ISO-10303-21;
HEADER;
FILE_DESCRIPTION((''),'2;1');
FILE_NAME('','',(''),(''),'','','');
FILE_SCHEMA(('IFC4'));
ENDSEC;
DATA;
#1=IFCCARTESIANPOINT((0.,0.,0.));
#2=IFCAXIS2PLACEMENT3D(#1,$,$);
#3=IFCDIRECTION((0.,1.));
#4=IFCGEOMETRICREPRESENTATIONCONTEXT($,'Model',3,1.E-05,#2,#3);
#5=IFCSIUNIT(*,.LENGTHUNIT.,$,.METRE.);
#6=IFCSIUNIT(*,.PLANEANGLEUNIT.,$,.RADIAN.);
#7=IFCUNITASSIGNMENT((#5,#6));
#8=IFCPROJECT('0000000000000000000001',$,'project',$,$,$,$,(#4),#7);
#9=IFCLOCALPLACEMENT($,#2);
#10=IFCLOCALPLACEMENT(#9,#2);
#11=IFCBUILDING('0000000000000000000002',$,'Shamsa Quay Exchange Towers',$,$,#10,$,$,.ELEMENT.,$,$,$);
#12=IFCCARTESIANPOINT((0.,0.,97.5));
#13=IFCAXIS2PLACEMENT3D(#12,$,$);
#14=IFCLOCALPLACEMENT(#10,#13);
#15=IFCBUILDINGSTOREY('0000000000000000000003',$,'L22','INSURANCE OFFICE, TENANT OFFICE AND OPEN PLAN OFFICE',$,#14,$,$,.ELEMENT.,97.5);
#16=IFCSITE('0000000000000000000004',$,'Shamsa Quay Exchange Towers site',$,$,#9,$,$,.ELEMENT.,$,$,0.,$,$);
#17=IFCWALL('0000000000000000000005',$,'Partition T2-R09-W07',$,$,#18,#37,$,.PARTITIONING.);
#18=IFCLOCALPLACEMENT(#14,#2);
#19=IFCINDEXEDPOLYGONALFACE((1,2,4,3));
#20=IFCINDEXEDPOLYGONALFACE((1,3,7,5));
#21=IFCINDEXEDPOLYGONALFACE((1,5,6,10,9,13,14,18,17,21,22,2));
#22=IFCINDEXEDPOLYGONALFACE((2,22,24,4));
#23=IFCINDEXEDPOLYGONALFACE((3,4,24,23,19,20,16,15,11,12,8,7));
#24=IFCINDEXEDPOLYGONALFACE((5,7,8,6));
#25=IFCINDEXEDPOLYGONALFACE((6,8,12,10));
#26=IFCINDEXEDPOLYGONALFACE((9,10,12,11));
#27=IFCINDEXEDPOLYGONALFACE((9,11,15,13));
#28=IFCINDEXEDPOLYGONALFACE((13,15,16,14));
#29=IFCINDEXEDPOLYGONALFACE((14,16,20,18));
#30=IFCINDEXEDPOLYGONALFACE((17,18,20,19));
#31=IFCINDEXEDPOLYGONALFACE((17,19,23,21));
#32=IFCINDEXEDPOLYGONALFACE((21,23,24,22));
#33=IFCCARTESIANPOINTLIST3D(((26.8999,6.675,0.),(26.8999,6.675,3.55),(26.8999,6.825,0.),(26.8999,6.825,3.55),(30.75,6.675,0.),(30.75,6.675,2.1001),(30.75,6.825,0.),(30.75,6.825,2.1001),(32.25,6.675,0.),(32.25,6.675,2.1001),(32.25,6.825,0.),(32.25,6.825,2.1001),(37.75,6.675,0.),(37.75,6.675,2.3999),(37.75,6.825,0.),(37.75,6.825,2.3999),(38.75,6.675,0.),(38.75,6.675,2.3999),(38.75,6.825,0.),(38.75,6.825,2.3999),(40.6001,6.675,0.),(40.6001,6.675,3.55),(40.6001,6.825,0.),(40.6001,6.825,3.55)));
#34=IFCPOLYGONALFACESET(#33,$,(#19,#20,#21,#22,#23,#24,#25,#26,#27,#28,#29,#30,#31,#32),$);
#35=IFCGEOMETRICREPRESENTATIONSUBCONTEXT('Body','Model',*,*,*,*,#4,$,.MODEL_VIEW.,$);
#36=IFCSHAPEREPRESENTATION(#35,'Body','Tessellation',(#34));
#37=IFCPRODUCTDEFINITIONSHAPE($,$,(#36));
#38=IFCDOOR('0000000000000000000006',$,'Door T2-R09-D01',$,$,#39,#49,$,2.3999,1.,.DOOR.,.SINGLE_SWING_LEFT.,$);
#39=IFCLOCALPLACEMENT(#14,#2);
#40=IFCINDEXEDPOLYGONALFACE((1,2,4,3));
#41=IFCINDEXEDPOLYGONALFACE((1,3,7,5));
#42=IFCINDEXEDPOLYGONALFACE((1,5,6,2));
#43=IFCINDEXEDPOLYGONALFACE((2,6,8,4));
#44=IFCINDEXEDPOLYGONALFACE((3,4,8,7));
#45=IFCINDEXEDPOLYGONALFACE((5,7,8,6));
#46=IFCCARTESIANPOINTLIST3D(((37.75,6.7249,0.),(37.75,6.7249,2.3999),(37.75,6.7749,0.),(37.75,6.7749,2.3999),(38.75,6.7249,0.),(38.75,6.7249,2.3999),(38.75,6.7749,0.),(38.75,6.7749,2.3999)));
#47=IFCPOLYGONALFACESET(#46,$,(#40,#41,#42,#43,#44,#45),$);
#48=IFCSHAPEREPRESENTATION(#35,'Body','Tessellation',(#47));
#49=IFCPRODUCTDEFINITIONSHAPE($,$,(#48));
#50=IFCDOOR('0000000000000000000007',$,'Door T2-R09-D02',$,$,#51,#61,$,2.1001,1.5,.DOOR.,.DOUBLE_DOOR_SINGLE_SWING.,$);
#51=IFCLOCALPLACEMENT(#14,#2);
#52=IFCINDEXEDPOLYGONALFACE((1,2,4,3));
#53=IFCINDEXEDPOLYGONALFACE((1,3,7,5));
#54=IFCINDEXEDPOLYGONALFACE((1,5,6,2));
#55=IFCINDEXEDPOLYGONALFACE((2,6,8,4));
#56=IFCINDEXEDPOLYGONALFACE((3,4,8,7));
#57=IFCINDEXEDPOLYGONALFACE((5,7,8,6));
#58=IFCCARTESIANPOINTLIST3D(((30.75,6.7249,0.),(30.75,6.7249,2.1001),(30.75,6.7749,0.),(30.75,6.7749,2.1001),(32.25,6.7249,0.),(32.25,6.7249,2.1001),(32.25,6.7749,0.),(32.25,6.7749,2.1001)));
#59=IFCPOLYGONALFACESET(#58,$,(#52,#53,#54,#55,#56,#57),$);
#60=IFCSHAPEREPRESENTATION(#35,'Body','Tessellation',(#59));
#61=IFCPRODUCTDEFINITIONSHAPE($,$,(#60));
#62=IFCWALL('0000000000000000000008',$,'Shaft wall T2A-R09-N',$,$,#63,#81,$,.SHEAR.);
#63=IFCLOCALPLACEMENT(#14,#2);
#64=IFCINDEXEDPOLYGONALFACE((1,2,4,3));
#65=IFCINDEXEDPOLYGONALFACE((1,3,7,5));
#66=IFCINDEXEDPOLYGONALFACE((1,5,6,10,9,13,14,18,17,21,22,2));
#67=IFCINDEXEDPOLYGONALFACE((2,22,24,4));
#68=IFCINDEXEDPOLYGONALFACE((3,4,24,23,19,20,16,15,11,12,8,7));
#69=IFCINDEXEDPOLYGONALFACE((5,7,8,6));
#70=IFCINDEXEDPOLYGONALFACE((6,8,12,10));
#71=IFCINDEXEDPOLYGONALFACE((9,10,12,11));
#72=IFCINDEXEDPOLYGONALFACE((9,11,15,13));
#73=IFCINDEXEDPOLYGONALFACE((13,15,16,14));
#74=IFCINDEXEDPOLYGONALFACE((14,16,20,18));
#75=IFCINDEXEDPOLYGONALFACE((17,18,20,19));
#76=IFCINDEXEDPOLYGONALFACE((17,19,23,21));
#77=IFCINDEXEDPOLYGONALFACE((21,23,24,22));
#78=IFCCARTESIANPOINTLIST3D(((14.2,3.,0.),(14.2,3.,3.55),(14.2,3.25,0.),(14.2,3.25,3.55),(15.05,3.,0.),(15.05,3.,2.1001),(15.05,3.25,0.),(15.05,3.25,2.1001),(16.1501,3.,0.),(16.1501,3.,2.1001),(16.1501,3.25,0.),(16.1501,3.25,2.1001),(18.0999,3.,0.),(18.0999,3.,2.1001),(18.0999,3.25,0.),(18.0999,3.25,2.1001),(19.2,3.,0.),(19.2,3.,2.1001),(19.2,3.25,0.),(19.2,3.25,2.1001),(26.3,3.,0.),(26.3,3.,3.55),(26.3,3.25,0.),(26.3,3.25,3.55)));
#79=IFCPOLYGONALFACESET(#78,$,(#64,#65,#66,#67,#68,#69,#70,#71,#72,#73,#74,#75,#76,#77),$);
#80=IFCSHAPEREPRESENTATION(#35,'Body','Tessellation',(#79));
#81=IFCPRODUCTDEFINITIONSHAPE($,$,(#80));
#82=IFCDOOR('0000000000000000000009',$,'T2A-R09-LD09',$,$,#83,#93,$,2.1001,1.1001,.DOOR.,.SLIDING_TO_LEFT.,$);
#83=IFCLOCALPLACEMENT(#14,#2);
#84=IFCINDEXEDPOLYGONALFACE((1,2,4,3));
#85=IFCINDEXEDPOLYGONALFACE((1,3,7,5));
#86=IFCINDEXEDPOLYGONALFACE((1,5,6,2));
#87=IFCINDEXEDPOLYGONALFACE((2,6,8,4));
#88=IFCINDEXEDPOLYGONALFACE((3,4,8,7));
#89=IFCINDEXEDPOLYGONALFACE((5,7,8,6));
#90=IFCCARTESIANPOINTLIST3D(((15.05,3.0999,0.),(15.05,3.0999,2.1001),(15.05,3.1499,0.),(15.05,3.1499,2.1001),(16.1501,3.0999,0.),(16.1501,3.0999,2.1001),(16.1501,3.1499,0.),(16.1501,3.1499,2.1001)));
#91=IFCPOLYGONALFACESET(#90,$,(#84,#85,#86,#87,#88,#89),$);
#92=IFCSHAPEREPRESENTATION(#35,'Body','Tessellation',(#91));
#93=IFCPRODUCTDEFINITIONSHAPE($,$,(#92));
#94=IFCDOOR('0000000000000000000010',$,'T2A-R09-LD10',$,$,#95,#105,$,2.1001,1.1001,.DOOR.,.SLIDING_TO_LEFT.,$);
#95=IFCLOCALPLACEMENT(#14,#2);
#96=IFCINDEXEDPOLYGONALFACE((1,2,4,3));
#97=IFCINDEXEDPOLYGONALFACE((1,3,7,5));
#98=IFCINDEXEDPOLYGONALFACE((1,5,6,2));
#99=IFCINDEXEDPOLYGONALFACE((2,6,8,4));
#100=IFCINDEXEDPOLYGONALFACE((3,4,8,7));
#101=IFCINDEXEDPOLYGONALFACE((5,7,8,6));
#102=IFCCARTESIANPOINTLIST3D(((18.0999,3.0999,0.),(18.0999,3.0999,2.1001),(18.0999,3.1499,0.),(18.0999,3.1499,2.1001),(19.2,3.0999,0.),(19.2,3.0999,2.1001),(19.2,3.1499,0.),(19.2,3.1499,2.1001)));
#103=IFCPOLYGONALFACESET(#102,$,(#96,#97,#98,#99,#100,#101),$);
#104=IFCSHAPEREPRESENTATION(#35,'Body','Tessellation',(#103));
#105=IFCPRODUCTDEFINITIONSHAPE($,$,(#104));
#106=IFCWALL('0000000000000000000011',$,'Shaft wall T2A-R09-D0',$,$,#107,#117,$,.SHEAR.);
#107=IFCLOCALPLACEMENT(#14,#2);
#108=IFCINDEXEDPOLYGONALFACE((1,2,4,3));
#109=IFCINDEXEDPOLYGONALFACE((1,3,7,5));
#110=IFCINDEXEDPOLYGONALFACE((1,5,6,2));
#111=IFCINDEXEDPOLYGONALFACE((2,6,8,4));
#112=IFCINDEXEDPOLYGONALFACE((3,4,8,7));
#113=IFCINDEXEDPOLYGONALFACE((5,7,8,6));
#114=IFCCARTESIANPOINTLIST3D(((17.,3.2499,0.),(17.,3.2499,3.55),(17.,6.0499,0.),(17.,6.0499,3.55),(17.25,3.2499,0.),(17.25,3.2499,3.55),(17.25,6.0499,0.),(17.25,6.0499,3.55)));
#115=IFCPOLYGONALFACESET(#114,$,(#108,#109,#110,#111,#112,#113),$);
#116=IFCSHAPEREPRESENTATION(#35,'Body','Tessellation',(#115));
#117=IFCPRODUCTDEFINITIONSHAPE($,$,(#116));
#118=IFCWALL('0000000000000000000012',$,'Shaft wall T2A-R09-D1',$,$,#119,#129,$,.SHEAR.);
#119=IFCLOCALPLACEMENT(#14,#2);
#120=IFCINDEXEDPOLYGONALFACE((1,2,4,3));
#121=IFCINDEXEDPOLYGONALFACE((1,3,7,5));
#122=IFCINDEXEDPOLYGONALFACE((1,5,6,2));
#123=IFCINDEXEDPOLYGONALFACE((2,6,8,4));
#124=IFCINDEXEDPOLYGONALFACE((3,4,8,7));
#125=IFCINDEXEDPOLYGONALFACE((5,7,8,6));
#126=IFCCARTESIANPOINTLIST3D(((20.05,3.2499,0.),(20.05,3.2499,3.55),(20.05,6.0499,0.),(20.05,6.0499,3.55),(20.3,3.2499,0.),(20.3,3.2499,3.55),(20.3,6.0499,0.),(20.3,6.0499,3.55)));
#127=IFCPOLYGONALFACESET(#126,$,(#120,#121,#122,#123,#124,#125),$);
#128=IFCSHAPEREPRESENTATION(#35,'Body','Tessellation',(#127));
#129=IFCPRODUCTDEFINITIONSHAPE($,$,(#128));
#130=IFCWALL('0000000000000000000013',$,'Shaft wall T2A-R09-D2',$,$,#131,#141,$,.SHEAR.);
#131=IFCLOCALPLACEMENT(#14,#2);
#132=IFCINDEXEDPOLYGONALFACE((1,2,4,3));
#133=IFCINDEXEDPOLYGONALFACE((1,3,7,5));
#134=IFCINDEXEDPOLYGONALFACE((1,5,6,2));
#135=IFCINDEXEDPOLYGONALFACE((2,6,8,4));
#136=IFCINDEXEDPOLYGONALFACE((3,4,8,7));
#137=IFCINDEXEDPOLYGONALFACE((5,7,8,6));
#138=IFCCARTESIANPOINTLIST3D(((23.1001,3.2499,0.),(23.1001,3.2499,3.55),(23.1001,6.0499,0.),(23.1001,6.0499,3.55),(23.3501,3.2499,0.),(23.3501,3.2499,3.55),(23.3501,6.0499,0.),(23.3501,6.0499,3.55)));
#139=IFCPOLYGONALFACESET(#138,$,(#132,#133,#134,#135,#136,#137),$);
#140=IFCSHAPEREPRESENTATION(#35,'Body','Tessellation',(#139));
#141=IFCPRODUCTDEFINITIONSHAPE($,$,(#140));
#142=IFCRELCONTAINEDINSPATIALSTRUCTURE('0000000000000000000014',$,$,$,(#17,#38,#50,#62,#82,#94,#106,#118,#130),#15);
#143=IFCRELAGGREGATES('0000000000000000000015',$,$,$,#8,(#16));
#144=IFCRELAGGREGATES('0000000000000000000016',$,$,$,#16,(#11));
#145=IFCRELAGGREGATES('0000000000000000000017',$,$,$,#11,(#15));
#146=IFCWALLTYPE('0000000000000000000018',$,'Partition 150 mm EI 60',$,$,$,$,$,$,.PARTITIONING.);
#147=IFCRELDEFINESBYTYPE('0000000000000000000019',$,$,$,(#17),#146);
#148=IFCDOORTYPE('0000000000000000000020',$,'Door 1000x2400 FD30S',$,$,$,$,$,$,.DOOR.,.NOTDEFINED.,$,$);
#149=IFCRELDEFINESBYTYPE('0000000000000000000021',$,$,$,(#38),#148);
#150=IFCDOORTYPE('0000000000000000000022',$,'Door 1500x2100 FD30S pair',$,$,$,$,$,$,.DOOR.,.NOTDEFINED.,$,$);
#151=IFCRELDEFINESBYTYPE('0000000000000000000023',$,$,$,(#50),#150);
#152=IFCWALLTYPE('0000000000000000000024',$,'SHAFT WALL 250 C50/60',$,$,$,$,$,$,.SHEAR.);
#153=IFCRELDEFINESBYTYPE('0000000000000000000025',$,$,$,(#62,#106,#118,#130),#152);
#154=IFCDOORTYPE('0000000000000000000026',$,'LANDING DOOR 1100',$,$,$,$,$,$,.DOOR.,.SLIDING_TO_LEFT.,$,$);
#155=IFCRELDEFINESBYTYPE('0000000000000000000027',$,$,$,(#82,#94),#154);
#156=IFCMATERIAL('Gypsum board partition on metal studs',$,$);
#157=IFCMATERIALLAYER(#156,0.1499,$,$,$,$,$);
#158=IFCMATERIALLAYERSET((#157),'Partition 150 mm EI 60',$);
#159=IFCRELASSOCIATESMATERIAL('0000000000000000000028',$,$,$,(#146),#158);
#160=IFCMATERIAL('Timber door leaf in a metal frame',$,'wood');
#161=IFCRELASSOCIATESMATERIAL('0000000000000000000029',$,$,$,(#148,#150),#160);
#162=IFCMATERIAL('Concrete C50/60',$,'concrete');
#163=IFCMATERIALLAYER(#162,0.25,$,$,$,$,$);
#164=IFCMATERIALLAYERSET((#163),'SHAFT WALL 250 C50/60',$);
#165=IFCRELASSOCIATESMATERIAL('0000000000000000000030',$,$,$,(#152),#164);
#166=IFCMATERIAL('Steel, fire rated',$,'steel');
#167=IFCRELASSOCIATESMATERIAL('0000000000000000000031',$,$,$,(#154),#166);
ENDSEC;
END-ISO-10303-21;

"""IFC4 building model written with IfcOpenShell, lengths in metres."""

from ifc_helpers import new_model, si_unit, direction, frame, frame_2d, origin, place, context, subcontext, project, spatial, rectangle, extrude, material, layer, layer_set, type_object, element, fill, save


model = new_model("IFC4")

# Units and contexts
model_context = context("Model", 3, precision=1e-05, world=origin(), true_north=direction((0.0, 1.0)))
body_context = subcontext(model_context, "Body", "Model", "MODEL_VIEW")
ifc_project = project(units=[si_unit("LENGTHUNIT", "METRE"), si_unit("PLANEANGLEUNIT", "RADIAN")], contexts=[model_context])

# Site, building, storey
site_placement = place(None, origin())
site = spatial("IfcSite", under=ifc_project, at=site_placement, Name="Shamsa Quay Exchange Towers site", CompositionType="ELEMENT", RefElevation=0.0)
building_placement = place(site_placement, origin())
building = spatial("IfcBuilding", under=site, at=building_placement, Name="Shamsa Quay Exchange Towers", CompositionType="ELEMENT")
storey_placement = place(building_placement, frame((0.0, 0.0, 97.5)))
storey = spatial("IfcBuildingStorey", under=building, at=storey_placement, Name="L22", Description="INSURANCE OFFICE, TENANT OFFICE AND OPEN PLAN OFFICE", CompositionType="ELEMENT", Elevation=97.5)

# Walls, openings, doors
ifc_material_1 = material(Name="Steel, fire rated", Category="steel")
ifc_material_2 = material(Name="Gypsum board partition on metal studs")
ifc_layer_1 = layer(ifc_material_2, 0.1499)
ifc_layer_set_1 = layer_set([ifc_layer_1], Name="Partition 150 mm EI 60")
wall_type_1 = type_object("IfcWallType", Name="Partition 150 mm EI 60", PredefinedType="PARTITIONING", material=ifc_layer_set_1)
wall_1_placement = place(storey_placement, frame((26.8999, 6.75, 0.0)))
wall_1 = element("IfcWall", 1, at=wall_1_placement, inside=storey, type_object=wall_type_1, Name="Partition T2-R09-W07", PredefinedType="PARTITIONING", context=body_context, shape_type="SweptSolid", body=[
    extrude(rectangle(XDim=13.7002, YDim=0.1499, at=frame_2d((6.8501, 0.0))), origin(), (0.0, 0.0, 1.0), 3.55),
])
opening_1_placement = place(wall_1_placement, frame((10.8501, 0.0, 0.0)))
opening_1 = element("IfcOpeningElement", 2, at=opening_1_placement, cuts=wall_1, PredefinedType="OPENING", context=body_context, shape_type="SweptSolid", body=[
    extrude(rectangle(XDim=1.0, YDim=2.3999, at=frame_2d((0.5, 1.2))), frame((0.0, 0.085, 0.0), z_axis=(0.0, -1.0, 0.0), x_axis=(1.0, 0.0, 0.0)), (0.0, 0.0, 1.0), 0.1699),
])
opening_2_placement = place(wall_1_placement, frame((3.8501, 0.0, 0.0)))
opening_2 = element("IfcOpeningElement", 3, at=opening_2_placement, cuts=wall_1, PredefinedType="OPENING", context=body_context, shape_type="SweptSolid", body=[
    extrude(rectangle(XDim=1.5, YDim=2.1001, at=frame_2d((0.75, 1.05))), frame((0.0, 0.085, 0.0), z_axis=(0.0, -1.0, 0.0), x_axis=(1.0, 0.0, 0.0)), (0.0, 0.0, 1.0), 0.1699),
])
ifc_material_3 = material(Name="Timber door leaf in a metal frame", Category="wood")
door_type_1 = type_object("IfcDoorType", Name="Door 1000x2400 FD30S", OperationType="NOTDEFINED", PredefinedType="DOOR", material=ifc_material_3)
door_1_placement = place(opening_1_placement, origin())
door_1 = element("IfcDoor", 4, at=door_1_placement, inside=storey, type_object=door_type_1, Name="Door T2-R09-D01", OperationType="SINGLE_SWING_LEFT", OverallHeight=2.3999, OverallWidth=1.0, PredefinedType="DOOR", context=body_context, shape_type="SweptSolid", body=[
    extrude(rectangle(XDim=1.0, YDim=2.3999, at=frame_2d((0.5, 1.2))), frame((0.0, 0.0249, 0.0), z_axis=(0.0, -1.0, 0.0), x_axis=(1.0, 0.0, 0.0)), (0.0, 0.0, 1.0), 0.05),
])
fill(opening_1, door_1)
door_type_2 = type_object("IfcDoorType", Name="Door 1500x2100 FD30S pair", OperationType="NOTDEFINED", PredefinedType="DOOR", material=ifc_material_3)
door_2_placement = place(opening_2_placement, origin())
door_2 = element("IfcDoor", 5, at=door_2_placement, inside=storey, type_object=door_type_2, Name="Door T2-R09-D02", OperationType="DOUBLE_DOOR_SINGLE_SWING", OverallHeight=2.1001, OverallWidth=1.5, PredefinedType="DOOR", context=body_context, shape_type="SweptSolid", body=[
    extrude(rectangle(XDim=1.5, YDim=2.1001, at=frame_2d((0.75, 1.05))), frame((0.0, 0.0249, 0.0), z_axis=(0.0, -1.0, 0.0), x_axis=(1.0, 0.0, 0.0)), (0.0, 0.0, 1.0), 0.05),
])
fill(opening_2, door_2)
ifc_material_4 = material(Name="Concrete C50/60", Category="concrete")
ifc_layer_2 = layer(ifc_material_4, 0.25)
ifc_layer_set_2 = layer_set([ifc_layer_2], Name="SHAFT WALL 250 C50/60")
wall_type_2 = type_object("IfcWallType", Name="SHAFT WALL 250 C50/60", PredefinedType="SHEAR", material=ifc_layer_set_2)
wall_2_placement = place(storey_placement, frame((14.2, 3.125, 0.0)))
wall_2 = element("IfcWall", 6, at=wall_2_placement, inside=storey, type_object=wall_type_2, Name="Shaft wall T2A-R09-N", PredefinedType="SHEAR", context=body_context, shape_type="SweptSolid", body=[
    extrude(rectangle(XDim=12.1001, YDim=0.25, at=frame_2d((6.05, 0.0))), origin(), (0.0, 0.0, 1.0), 3.55),
])
opening_3_placement = place(wall_2_placement, frame((0.8501, 0.0, 0.0)))
opening_3 = element("IfcOpeningElement", 7, at=opening_3_placement, cuts=wall_2, PredefinedType="OPENING", context=body_context, shape_type="SweptSolid", body=[
    extrude(rectangle(XDim=1.1001, YDim=2.1001, at=frame_2d((0.55, 1.05))), frame((0.0, 0.135, 0.0), z_axis=(0.0, -1.0, 0.0), x_axis=(1.0, 0.0, 0.0)), (0.0, 0.0, 1.0), 0.27),
])
opening_4_placement = place(wall_2_placement, frame((3.8999, 0.0, 0.0)))
opening_4 = element("IfcOpeningElement", 8, at=opening_4_placement, cuts=wall_2, PredefinedType="OPENING", context=body_context, shape_type="SweptSolid", body=[
    extrude(rectangle(XDim=1.1001, YDim=2.1001, at=frame_2d((0.55, 1.05))), frame((0.0, 0.135, 0.0), z_axis=(0.0, -1.0, 0.0), x_axis=(1.0, 0.0, 0.0)), (0.0, 0.0, 1.0), 0.27),
])
door_type_3 = type_object("IfcDoorType", Name="LANDING DOOR 1100", OperationType="SLIDING_TO_LEFT", PredefinedType="DOOR", material=ifc_material_1)
door_3_placement = place(opening_3_placement, origin())
door_3 = element("IfcDoor", 9, at=door_3_placement, inside=storey, type_object=door_type_3, Name="T2A-R09-LD09", OperationType="SLIDING_TO_LEFT", OverallHeight=2.1001, OverallWidth=1.1001, PredefinedType="DOOR", context=body_context, shape_type="SweptSolid", body=[
    extrude(rectangle(XDim=1.1001, YDim=2.1001, at=frame_2d((0.55, 1.05))), frame((0.0, 0.0249, 0.0), z_axis=(0.0, -1.0, 0.0), x_axis=(1.0, 0.0, 0.0)), (0.0, 0.0, 1.0), 0.05),
])
fill(opening_3, door_3)
door_4_placement = place(opening_4_placement, origin())
door_4 = element("IfcDoor", 10, at=door_4_placement, inside=storey, type_object=door_type_3, Name="T2A-R09-LD10", OperationType="SLIDING_TO_LEFT", OverallHeight=2.1001, OverallWidth=1.1001, PredefinedType="DOOR", context=body_context, shape_type="SweptSolid", body=[
    extrude(rectangle(XDim=1.1001, YDim=2.1001, at=frame_2d((0.55, 1.05))), frame((0.0, 0.0249, 0.0), z_axis=(0.0, -1.0, 0.0), x_axis=(1.0, 0.0, 0.0)), (0.0, 0.0, 1.0), 0.05),
])
fill(opening_4, door_4)

# Walls
for number, where, z_axis, x_axis, name in (
    (11, (17.125, 3.25, 0.0), (0.0, 0.0, 1.0), (0.0, 1.0, 0.0), "Shaft wall T2A-R09-D0"),
    (12, (20.175, 3.25, 0.0), (0.0, 0.0, 1.0), (0.0, 1.0, 0.0), "Shaft wall T2A-R09-D1"),
    (13, (23.2251, 3.25, 0.0), (0.0, 0.0, 1.0), (0.0, 1.0, 0.0), "Shaft wall T2A-R09-D2"),
):
    element("IfcWall", number, at=place(storey_placement, frame(where, z_axis=z_axis, x_axis=x_axis)), inside=storey, type_object=wall_type_2, Name=name, PredefinedType="SHEAR", context=body_context, shape_type="SweptSolid", body=[
        extrude(rectangle(XDim=2.8, YDim=0.25, at=frame_2d((1.3999, 0.0))), origin(), (0.0, 0.0, 1.0), 3.55),
    ])

save(model, "model.ifc")
